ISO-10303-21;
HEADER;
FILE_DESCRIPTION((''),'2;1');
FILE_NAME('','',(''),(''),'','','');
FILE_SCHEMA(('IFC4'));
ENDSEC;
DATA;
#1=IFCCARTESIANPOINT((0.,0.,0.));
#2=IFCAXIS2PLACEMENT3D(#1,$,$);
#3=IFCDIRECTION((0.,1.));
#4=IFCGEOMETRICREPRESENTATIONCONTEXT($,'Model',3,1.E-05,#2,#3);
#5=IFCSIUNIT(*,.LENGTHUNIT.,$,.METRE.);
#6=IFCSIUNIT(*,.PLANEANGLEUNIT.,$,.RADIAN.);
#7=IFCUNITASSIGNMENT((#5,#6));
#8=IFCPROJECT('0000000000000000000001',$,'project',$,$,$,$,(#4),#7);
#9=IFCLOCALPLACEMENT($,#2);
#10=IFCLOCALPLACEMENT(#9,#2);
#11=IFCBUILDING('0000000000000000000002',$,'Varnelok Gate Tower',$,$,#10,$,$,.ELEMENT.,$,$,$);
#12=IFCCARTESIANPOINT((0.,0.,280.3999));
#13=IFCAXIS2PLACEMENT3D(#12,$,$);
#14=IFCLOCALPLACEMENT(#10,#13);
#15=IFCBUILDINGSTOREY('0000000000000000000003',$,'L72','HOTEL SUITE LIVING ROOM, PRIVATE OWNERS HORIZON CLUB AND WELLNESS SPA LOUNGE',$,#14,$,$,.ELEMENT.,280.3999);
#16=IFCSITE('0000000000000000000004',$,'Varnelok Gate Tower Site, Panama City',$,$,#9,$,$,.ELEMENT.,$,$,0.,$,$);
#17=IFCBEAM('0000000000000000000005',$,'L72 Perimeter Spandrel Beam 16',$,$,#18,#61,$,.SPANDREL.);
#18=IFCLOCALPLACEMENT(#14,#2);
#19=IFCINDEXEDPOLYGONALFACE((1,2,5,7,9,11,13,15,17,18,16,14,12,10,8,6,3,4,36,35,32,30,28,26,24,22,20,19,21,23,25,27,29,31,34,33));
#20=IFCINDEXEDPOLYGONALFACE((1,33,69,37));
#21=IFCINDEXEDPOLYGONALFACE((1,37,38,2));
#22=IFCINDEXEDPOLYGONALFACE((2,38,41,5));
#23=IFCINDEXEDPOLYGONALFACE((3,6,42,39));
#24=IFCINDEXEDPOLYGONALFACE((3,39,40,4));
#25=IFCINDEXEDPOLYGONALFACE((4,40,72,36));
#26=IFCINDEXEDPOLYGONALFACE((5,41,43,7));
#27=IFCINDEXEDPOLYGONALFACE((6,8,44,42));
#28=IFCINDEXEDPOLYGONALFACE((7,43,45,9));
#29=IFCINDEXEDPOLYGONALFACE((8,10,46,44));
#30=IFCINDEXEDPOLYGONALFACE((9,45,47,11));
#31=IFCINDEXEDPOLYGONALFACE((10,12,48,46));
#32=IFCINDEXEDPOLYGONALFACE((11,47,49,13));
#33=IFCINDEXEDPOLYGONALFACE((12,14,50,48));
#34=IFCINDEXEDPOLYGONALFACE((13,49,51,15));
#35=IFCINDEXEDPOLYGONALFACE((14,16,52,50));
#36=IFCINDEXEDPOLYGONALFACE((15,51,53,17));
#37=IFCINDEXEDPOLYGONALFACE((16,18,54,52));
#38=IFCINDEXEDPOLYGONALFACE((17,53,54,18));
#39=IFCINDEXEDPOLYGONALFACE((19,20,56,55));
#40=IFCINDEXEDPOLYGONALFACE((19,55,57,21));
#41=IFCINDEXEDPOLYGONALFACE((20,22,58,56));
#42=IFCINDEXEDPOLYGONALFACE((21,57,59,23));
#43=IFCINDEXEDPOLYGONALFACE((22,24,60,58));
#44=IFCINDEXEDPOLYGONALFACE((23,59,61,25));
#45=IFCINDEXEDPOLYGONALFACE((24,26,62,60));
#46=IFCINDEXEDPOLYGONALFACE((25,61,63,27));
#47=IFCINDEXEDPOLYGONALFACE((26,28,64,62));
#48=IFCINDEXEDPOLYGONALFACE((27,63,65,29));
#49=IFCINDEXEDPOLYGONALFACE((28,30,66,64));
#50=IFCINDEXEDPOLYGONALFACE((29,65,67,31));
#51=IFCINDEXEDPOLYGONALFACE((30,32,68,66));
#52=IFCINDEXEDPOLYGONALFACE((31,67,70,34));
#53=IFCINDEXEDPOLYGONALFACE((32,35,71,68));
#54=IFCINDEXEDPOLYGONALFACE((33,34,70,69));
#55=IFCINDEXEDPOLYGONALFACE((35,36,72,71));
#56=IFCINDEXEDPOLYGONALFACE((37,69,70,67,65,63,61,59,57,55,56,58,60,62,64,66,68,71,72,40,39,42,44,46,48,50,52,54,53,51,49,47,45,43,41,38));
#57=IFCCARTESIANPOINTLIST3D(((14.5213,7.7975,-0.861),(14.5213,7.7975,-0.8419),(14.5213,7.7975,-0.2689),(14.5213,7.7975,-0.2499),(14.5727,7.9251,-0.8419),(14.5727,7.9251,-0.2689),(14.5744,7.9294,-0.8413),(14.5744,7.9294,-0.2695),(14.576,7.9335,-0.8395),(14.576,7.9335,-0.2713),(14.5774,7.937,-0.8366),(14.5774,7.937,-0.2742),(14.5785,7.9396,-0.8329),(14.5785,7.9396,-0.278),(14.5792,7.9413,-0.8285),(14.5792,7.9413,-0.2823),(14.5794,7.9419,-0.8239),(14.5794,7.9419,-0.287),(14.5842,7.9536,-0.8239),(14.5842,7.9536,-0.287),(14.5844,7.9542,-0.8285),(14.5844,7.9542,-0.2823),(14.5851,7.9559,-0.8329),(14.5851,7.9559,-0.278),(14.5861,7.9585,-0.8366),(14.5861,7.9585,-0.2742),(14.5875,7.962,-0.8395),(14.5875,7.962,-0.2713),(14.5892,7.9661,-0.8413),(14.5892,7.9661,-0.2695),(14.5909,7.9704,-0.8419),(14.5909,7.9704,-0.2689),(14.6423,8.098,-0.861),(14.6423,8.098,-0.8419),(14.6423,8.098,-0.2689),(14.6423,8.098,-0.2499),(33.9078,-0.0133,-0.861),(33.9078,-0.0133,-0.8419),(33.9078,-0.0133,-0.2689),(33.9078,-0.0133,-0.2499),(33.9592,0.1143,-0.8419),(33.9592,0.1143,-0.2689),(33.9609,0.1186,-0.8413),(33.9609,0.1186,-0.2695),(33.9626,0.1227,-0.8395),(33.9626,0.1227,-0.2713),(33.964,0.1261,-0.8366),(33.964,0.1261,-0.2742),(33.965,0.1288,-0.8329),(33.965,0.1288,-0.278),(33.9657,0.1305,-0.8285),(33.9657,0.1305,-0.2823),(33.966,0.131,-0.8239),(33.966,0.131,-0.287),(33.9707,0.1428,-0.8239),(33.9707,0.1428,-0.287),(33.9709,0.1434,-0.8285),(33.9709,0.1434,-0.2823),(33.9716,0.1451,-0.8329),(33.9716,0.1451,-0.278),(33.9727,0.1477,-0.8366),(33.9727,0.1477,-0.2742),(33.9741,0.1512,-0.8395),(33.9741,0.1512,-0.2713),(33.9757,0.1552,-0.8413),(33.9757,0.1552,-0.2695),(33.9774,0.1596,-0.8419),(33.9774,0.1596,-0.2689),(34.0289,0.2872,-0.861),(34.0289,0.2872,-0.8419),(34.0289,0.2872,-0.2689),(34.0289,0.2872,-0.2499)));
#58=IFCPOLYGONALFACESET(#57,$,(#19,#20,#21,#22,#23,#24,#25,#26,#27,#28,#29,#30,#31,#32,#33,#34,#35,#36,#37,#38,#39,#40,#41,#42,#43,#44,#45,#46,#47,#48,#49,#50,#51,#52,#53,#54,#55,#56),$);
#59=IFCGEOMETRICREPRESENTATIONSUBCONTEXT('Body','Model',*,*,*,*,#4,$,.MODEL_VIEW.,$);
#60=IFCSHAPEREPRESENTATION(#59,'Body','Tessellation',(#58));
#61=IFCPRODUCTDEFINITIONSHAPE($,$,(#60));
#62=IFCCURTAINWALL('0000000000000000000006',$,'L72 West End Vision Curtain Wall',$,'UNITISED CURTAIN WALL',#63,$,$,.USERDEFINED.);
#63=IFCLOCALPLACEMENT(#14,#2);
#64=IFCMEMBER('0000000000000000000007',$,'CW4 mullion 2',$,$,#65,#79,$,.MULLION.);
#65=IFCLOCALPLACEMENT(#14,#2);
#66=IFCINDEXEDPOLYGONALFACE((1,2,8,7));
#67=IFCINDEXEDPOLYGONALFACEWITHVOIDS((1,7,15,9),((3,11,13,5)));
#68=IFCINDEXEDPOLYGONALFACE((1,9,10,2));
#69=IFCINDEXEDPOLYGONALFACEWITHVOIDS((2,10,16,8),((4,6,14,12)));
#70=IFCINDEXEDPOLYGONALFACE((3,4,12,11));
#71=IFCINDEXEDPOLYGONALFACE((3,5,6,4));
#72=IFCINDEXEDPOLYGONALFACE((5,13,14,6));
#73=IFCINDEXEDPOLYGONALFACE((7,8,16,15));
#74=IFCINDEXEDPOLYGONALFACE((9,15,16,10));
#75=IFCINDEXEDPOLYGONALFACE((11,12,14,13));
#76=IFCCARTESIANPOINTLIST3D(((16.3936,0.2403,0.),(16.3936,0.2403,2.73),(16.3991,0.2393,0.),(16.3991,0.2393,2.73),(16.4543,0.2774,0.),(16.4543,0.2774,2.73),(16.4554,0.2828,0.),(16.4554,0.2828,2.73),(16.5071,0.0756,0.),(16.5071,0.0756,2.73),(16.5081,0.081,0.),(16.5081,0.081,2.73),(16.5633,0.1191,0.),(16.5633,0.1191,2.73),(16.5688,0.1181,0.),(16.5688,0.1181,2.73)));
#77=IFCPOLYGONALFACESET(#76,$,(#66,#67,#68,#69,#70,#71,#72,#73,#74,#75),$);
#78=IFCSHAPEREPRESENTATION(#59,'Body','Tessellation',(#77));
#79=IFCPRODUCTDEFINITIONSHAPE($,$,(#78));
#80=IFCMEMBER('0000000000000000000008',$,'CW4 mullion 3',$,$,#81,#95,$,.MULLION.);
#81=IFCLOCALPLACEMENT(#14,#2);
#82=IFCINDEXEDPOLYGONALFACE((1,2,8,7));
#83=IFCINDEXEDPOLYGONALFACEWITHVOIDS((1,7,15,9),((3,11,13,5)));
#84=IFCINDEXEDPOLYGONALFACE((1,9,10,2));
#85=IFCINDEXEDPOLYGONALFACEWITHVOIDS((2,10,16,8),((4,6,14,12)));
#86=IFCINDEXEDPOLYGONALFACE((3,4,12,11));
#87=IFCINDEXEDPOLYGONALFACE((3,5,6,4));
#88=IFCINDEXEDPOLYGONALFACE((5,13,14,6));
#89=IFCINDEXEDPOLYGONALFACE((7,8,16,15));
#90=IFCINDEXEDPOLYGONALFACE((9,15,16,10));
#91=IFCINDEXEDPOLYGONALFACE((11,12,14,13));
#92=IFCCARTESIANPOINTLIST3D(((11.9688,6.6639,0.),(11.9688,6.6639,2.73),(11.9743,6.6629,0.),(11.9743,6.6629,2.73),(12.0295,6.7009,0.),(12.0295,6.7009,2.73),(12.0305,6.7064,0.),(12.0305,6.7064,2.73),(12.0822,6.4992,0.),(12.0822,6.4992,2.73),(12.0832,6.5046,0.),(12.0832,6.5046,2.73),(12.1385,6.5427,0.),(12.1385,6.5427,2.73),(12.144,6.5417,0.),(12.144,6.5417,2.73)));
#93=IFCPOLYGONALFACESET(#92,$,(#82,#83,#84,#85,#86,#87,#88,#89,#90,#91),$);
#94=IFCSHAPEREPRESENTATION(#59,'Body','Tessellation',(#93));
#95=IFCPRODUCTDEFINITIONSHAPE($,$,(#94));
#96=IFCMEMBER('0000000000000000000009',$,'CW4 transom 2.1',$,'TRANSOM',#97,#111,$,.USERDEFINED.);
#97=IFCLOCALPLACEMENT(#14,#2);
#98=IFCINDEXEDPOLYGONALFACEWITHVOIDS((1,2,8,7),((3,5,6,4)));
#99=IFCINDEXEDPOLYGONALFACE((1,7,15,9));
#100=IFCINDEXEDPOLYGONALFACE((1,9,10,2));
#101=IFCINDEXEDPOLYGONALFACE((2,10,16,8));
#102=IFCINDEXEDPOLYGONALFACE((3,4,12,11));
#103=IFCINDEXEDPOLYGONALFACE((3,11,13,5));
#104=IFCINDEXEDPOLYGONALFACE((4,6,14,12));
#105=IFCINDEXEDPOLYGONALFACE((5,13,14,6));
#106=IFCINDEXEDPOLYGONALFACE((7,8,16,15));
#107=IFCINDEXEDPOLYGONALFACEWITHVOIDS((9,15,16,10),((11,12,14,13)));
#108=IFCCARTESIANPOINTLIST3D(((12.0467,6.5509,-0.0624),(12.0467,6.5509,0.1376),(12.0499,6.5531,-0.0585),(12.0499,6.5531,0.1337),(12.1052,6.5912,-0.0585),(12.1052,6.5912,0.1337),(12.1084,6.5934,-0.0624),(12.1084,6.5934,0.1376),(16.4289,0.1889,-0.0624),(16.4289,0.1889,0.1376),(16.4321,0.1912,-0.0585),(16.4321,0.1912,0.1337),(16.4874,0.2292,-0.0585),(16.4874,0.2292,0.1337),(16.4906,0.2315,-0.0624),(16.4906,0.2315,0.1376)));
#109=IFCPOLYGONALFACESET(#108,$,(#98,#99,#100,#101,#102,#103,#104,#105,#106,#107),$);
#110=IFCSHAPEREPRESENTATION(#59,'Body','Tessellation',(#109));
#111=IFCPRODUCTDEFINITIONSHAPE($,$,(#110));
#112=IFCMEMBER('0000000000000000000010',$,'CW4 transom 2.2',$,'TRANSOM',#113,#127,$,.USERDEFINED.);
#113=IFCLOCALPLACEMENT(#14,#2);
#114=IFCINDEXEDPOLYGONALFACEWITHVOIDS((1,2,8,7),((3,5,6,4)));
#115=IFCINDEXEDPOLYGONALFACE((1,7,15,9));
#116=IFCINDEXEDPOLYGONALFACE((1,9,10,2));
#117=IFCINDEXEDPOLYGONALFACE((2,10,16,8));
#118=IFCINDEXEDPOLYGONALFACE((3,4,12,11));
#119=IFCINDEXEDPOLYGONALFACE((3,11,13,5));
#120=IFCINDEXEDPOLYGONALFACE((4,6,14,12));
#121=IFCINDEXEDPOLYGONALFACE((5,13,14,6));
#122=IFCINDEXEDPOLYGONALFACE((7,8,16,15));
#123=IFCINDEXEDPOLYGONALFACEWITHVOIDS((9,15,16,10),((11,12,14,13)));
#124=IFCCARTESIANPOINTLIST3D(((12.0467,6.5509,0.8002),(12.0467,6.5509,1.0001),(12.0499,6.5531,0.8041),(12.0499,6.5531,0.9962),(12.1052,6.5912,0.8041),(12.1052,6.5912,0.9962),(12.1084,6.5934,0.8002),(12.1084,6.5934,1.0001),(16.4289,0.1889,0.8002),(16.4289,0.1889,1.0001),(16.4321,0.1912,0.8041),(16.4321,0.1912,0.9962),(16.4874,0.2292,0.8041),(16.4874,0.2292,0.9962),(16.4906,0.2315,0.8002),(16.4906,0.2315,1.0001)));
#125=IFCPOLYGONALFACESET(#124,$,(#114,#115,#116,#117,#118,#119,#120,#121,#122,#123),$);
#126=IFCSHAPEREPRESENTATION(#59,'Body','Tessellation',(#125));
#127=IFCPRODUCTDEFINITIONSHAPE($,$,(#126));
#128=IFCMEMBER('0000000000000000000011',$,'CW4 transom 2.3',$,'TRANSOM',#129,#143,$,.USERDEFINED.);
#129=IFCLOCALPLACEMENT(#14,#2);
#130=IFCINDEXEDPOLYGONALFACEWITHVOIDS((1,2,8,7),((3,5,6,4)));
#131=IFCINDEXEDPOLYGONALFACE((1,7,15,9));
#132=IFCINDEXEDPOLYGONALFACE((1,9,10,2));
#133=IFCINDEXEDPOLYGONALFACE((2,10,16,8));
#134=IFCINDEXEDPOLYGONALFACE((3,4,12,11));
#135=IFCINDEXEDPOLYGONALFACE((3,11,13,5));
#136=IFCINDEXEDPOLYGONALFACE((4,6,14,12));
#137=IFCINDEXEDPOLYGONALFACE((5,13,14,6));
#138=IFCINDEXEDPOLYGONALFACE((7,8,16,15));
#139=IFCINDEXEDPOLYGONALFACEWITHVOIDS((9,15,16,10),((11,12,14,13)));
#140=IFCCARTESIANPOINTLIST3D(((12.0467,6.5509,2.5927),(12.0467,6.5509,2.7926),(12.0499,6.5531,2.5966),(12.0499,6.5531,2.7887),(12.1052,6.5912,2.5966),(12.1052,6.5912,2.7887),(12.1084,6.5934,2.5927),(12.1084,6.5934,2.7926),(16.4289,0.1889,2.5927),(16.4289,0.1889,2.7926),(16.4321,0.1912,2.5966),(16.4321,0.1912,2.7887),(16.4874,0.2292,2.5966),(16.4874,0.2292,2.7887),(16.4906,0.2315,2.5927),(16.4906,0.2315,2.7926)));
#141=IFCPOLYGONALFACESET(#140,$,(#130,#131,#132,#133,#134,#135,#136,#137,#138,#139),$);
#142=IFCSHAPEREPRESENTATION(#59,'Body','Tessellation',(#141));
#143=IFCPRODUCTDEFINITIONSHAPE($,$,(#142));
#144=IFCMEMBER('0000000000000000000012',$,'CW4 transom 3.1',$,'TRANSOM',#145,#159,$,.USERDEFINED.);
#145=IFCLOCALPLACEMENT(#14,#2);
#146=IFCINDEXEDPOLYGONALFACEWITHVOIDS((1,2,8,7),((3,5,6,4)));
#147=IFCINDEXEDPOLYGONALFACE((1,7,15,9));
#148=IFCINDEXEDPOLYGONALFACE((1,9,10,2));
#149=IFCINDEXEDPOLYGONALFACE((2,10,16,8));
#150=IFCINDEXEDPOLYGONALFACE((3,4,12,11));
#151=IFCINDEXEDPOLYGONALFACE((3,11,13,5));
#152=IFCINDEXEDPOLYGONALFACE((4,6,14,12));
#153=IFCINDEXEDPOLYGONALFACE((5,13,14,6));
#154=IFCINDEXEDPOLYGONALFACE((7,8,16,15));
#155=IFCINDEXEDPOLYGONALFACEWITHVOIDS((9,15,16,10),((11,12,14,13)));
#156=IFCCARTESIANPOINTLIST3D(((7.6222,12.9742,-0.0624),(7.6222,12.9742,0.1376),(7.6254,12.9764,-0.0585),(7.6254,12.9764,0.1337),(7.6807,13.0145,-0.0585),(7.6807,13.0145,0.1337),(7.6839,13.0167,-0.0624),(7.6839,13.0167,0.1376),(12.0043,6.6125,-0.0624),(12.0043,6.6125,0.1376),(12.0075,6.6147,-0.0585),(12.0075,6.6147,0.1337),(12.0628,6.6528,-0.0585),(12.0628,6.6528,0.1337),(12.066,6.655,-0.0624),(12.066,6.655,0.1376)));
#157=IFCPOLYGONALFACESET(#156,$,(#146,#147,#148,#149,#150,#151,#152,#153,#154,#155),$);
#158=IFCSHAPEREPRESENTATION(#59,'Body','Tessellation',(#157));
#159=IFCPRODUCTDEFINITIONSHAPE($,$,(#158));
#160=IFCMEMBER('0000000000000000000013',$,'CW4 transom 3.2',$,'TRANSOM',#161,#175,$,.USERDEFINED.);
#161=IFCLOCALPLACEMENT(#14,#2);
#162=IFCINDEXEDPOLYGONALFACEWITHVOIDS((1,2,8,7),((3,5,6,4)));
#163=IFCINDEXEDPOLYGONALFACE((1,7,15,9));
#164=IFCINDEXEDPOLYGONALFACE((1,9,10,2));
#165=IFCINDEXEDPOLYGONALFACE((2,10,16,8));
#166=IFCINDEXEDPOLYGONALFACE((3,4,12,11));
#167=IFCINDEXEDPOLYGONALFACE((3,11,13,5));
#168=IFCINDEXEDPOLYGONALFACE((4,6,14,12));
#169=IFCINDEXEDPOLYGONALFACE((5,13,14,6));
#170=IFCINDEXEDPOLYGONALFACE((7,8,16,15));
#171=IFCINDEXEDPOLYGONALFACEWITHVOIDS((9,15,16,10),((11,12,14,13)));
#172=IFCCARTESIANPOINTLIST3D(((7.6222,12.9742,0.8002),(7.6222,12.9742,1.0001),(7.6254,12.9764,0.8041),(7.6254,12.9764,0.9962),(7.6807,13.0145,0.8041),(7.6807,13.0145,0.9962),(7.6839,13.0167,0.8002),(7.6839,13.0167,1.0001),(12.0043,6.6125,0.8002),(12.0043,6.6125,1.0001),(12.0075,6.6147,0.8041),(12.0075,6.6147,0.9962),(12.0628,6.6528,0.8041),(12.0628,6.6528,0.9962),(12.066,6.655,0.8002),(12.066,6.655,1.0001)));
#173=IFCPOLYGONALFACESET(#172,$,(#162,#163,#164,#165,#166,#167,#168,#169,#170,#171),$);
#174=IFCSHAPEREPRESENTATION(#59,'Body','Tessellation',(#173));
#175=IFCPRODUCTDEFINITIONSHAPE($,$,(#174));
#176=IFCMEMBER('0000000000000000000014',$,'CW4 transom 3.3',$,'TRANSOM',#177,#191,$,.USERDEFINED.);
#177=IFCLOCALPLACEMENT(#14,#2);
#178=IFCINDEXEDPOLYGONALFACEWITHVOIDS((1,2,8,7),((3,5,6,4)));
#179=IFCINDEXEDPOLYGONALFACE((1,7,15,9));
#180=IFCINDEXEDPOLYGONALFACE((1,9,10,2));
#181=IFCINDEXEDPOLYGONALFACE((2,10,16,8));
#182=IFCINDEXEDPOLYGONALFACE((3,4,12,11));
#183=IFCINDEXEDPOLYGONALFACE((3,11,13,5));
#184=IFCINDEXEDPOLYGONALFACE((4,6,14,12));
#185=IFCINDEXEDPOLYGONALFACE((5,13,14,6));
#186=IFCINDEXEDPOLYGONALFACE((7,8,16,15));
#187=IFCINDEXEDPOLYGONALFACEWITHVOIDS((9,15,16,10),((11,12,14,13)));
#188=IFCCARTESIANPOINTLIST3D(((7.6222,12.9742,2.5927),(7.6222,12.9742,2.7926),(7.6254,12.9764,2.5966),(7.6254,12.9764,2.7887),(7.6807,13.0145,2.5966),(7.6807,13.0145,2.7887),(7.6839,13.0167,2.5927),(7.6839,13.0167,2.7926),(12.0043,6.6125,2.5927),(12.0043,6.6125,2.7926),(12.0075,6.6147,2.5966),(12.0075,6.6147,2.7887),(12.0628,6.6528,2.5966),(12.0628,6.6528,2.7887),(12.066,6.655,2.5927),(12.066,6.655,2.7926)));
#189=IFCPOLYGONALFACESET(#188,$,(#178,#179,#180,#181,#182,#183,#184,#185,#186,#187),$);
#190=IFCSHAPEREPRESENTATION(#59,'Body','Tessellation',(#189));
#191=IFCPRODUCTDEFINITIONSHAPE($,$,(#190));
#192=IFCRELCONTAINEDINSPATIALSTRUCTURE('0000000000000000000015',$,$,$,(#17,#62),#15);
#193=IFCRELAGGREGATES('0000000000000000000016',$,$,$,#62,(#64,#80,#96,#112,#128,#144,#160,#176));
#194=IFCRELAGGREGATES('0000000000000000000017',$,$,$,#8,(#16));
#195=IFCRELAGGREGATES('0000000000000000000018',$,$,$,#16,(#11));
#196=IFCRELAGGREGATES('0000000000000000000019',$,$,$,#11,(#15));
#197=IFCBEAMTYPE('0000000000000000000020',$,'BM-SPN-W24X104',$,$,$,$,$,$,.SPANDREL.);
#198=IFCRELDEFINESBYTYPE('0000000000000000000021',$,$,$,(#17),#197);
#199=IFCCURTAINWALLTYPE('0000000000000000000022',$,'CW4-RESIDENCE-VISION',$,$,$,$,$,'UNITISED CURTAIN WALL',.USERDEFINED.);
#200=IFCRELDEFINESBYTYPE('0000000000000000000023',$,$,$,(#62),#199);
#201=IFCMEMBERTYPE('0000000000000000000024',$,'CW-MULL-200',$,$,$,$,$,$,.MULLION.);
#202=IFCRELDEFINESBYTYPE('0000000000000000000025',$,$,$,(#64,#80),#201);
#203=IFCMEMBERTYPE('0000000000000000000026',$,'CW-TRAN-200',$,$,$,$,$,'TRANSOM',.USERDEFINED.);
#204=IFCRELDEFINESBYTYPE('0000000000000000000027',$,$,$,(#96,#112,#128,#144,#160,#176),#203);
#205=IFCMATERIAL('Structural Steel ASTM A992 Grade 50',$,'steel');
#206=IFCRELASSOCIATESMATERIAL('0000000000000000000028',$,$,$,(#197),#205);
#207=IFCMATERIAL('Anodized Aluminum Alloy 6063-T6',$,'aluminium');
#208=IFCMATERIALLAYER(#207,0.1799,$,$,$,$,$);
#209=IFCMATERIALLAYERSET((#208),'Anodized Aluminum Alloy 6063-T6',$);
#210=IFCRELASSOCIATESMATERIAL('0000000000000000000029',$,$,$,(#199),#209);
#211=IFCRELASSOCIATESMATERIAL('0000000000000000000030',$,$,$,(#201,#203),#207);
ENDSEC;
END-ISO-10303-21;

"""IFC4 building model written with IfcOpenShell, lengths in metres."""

from ifc_helpers import new_model, si_unit, direction, frame, origin, origin_2d, place, context, subcontext, project, spatial, hollow_rectangle, i_section, extrude, material, layer, layer_set, material_profile, profile_set, type_object, element, aggregate, save


model = new_model("IFC4")

# Units and contexts
model_context = context("Model", 3, precision=1e-05, world=origin(), true_north=direction((0.0, 1.0)))
body_context = subcontext(model_context, "Body", "Model", "MODEL_VIEW")
ifc_project = project(units=[si_unit("LENGTHUNIT", "METRE"), si_unit("PLANEANGLEUNIT", "RADIAN")], contexts=[model_context])

# Site, building, storey
site_placement = place(None, origin())
site = spatial("IfcSite", under=ifc_project, at=site_placement, Name="Varnelok Gate Tower Site, Panama City", CompositionType="ELEMENT", RefElevation=0.0)
building_placement = place(site_placement, origin())
building = spatial("IfcBuilding", under=site, at=building_placement, Name="Varnelok Gate Tower", CompositionType="ELEMENT")
storey_placement = place(building_placement, frame((0.0, 0.0, 280.3999)))
storey = spatial("IfcBuildingStorey", under=building, at=storey_placement, Name="L72", Description="HOTEL SUITE LIVING ROOM, PRIVATE OWNERS HORIZON CLUB AND WELLNESS SPA LOUNGE", CompositionType="ELEMENT", Elevation=280.3999)

# Beam
ifc_material_1 = material(Name="Structural Steel ASTM A992 Grade 50", Category="steel")
ifc_material_profile_1 = material_profile(ifc_material_1, i_section(OverallWidth=0.324, OverallDepth=0.6111, WebThickness=0.0127, FlangeThickness=0.019, FilletRadius=0.0181, at=origin_2d()), Name="W24X104")
ifc_profile_set_1 = profile_set([ifc_material_profile_1], Name="Structural Steel ASTM A992 Grade 50")
beam_type = type_object("IfcBeamType", Name="BM-SPN-W24X104", PredefinedType="SPANDREL", material=ifc_profile_set_1)
beam_placement = place(storey_placement, frame((14.5818, 7.9478, -0.5554), z_axis=(0.927547, -0.373708, 0.0), x_axis=(0.373708, 0.927547, 0.0)))
element("IfcBeam", 1, at=beam_placement, inside=storey, type_object=beam_type, Name="L72 Perimeter Spandrel Beam 16", PredefinedType="SPANDREL", context=body_context, shape_type="SweptSolid", body=[
    extrude(i_section(OverallWidth=0.324, OverallDepth=0.6111, WebThickness=0.0127, FlangeThickness=0.019, FilletRadius=0.0181, at=origin_2d()), origin(), (0.0, 0.0, 1.0), 20.9009),
])

# Curtain wall, members
ifc_material_2 = material(Name="Anodized Aluminum Alloy 6063-T6", Category="aluminium")
ifc_layer_1 = layer(ifc_material_2, 0.1799)
ifc_layer_set_1 = layer_set([ifc_layer_1], Name="Anodized Aluminum Alloy 6063-T6")
curtain_wall_type = type_object("IfcCurtainWallType", Name="CW4-RESIDENCE-VISION", ElementType="UNITISED CURTAIN WALL", PredefinedType="USERDEFINED", material=ifc_layer_set_1)
curtain_wall_placement = place(storey_placement, origin())
curtain_wall = element("IfcCurtainWall", 2, at=curtain_wall_placement, inside=storey, type_object=curtain_wall_type, Name="L72 West End Vision Curtain Wall", ObjectType="UNITISED CURTAIN WALL", PredefinedType="USERDEFINED")
ifc_material_profile_2 = material_profile(ifc_material_2, hollow_rectangle(XDim=0.075, YDim=0.2, WallThickness=0.0039, at=origin_2d()), Name="ALU200X75X4")
ifc_profile_set_2 = profile_set([ifc_material_profile_2], Name="Anodized Aluminum Alloy 6063-T6")
member_type_1 = type_object("IfcMemberType", Name="CW-MULL-200", PredefinedType="MULLION", material=ifc_profile_set_2)
member_1_placement = place(storey_placement, frame((16.4812, 0.1792, 0.0), z_axis=(0.0, 0.0, 1.0), x_axis=(-0.823532, -0.567269, 0.0)))
member_1 = element("IfcMember", 3, at=member_1_placement, type_object=member_type_1, Name="CW4 mullion 2", PredefinedType="MULLION", context=body_context, shape_type="SweptSolid", body=[
    extrude(hollow_rectangle(XDim=0.075, YDim=0.2, WallThickness=0.0039, at=origin_2d()), origin(), (0.0, 0.0, 1.0), 2.73),
])
member_2_placement = place(storey_placement, frame((12.0564, 6.6028, 0.0), z_axis=(0.0, 0.0, 1.0), x_axis=(-0.823532, -0.567269, 0.0)))
member_2 = element("IfcMember", 4, at=member_2_placement, type_object=member_type_1, Name="CW4 mullion 3", PredefinedType="MULLION", context=body_context, shape_type="SweptSolid", body=[
    extrude(hollow_rectangle(XDim=0.075, YDim=0.2, WallThickness=0.0039, at=origin_2d()), origin(), (0.0, 0.0, 1.0), 2.73),
])
ifc_material_profile_3 = material_profile(ifc_material_2, hollow_rectangle(XDim=0.075, YDim=0.2, WallThickness=0.0039, at=origin_2d()), Name="ALU200X75X4")
ifc_profile_set_3 = profile_set([ifc_material_profile_3], Name="Anodized Aluminum Alloy 6063-T6")
member_type_2 = type_object("IfcMemberType", Name="CW-TRAN-200", ElementType="TRANSOM", PredefinedType="USERDEFINED", material=ifc_profile_set_3)
member_3_placement = place(storey_placement, frame((16.4597, 0.2102, 0.0376), z_axis=(-0.567261, 0.823538, 0.0), x_axis=(-0.823538, -0.567261, 0.0)))
member_3 = element("IfcMember", 5, at=member_3_placement, type_object=member_type_2, Name="CW4 transom 2.1", ObjectType="TRANSOM", PredefinedType="USERDEFINED", context=body_context, shape_type="SweptSolid", body=[
    extrude(hollow_rectangle(XDim=0.075, YDim=0.2, WallThickness=0.0039, at=origin_2d()), origin(), (0.0, 0.0, 1.0), 7.7251),
])
member_4_placement = place(storey_placement, frame((16.4597, 0.2102, 0.9001), z_axis=(-0.567261, 0.823538, 0.0), x_axis=(-0.823538, -0.567261, 0.0)))
member_4 = element("IfcMember", 6, at=member_4_placement, type_object=member_type_2, Name="CW4 transom 2.2", ObjectType="TRANSOM", PredefinedType="USERDEFINED", context=body_context, shape_type="SweptSolid", body=[
    extrude(hollow_rectangle(XDim=0.075, YDim=0.2, WallThickness=0.0039, at=origin_2d()), origin(), (0.0, 0.0, 1.0), 7.7251),
])
member_5_placement = place(storey_placement, frame((16.4597, 0.2102, 2.6926), z_axis=(-0.567261, 0.823538, 0.0), x_axis=(-0.823538, -0.567261, 0.0)))
member_5 = element("IfcMember", 7, at=member_5_placement, type_object=member_type_2, Name="CW4 transom 2.3", ObjectType="TRANSOM", PredefinedType="USERDEFINED", context=body_context, shape_type="SweptSolid", body=[
    extrude(hollow_rectangle(XDim=0.075, YDim=0.2, WallThickness=0.0039, at=origin_2d()), origin(), (0.0, 0.0, 1.0), 7.7251),
])
member_6_placement = place(storey_placement, frame((12.0352, 6.6338, 0.0376), z_axis=(-0.567276, 0.823528, 0.0), x_axis=(-0.823528, -0.567276, 0.0)))
member_6 = element("IfcMember", 8, at=member_6_placement, type_object=member_type_2, Name="CW4 transom 3.1", ObjectType="TRANSOM", PredefinedType="USERDEFINED", context=body_context, shape_type="SweptSolid", body=[
    extrude(hollow_rectangle(XDim=0.075, YDim=0.2, WallThickness=0.0039, at=origin_2d()), origin(), (0.0, 0.0, 1.0), 7.7249),
])
member_7_placement = place(storey_placement, frame((12.0352, 6.6338, 0.9001), z_axis=(-0.567276, 0.823528, 0.0), x_axis=(-0.823528, -0.567276, 0.0)))
member_7 = element("IfcMember", 9, at=member_7_placement, type_object=member_type_2, Name="CW4 transom 3.2", ObjectType="TRANSOM", PredefinedType="USERDEFINED", context=body_context, shape_type="SweptSolid", body=[
    extrude(hollow_rectangle(XDim=0.075, YDim=0.2, WallThickness=0.0039, at=origin_2d()), origin(), (0.0, 0.0, 1.0), 7.7249),
])
member_8_placement = place(storey_placement, frame((12.0352, 6.6338, 2.6926), z_axis=(-0.567276, 0.823528, 0.0), x_axis=(-0.823528, -0.567276, 0.0)))
member_8 = element("IfcMember", 10, at=member_8_placement, type_object=member_type_2, Name="CW4 transom 3.3", ObjectType="TRANSOM", PredefinedType="USERDEFINED", context=body_context, shape_type="SweptSolid", body=[
    extrude(hollow_rectangle(XDim=0.075, YDim=0.2, WallThickness=0.0039, at=origin_2d()), origin(), (0.0, 0.0, 1.0), 7.7249),
])

aggregate(curtain_wall, [member_1, member_2, member_3, member_4, member_5, member_6, member_7, member_8])

save(model, "model.ifc")
